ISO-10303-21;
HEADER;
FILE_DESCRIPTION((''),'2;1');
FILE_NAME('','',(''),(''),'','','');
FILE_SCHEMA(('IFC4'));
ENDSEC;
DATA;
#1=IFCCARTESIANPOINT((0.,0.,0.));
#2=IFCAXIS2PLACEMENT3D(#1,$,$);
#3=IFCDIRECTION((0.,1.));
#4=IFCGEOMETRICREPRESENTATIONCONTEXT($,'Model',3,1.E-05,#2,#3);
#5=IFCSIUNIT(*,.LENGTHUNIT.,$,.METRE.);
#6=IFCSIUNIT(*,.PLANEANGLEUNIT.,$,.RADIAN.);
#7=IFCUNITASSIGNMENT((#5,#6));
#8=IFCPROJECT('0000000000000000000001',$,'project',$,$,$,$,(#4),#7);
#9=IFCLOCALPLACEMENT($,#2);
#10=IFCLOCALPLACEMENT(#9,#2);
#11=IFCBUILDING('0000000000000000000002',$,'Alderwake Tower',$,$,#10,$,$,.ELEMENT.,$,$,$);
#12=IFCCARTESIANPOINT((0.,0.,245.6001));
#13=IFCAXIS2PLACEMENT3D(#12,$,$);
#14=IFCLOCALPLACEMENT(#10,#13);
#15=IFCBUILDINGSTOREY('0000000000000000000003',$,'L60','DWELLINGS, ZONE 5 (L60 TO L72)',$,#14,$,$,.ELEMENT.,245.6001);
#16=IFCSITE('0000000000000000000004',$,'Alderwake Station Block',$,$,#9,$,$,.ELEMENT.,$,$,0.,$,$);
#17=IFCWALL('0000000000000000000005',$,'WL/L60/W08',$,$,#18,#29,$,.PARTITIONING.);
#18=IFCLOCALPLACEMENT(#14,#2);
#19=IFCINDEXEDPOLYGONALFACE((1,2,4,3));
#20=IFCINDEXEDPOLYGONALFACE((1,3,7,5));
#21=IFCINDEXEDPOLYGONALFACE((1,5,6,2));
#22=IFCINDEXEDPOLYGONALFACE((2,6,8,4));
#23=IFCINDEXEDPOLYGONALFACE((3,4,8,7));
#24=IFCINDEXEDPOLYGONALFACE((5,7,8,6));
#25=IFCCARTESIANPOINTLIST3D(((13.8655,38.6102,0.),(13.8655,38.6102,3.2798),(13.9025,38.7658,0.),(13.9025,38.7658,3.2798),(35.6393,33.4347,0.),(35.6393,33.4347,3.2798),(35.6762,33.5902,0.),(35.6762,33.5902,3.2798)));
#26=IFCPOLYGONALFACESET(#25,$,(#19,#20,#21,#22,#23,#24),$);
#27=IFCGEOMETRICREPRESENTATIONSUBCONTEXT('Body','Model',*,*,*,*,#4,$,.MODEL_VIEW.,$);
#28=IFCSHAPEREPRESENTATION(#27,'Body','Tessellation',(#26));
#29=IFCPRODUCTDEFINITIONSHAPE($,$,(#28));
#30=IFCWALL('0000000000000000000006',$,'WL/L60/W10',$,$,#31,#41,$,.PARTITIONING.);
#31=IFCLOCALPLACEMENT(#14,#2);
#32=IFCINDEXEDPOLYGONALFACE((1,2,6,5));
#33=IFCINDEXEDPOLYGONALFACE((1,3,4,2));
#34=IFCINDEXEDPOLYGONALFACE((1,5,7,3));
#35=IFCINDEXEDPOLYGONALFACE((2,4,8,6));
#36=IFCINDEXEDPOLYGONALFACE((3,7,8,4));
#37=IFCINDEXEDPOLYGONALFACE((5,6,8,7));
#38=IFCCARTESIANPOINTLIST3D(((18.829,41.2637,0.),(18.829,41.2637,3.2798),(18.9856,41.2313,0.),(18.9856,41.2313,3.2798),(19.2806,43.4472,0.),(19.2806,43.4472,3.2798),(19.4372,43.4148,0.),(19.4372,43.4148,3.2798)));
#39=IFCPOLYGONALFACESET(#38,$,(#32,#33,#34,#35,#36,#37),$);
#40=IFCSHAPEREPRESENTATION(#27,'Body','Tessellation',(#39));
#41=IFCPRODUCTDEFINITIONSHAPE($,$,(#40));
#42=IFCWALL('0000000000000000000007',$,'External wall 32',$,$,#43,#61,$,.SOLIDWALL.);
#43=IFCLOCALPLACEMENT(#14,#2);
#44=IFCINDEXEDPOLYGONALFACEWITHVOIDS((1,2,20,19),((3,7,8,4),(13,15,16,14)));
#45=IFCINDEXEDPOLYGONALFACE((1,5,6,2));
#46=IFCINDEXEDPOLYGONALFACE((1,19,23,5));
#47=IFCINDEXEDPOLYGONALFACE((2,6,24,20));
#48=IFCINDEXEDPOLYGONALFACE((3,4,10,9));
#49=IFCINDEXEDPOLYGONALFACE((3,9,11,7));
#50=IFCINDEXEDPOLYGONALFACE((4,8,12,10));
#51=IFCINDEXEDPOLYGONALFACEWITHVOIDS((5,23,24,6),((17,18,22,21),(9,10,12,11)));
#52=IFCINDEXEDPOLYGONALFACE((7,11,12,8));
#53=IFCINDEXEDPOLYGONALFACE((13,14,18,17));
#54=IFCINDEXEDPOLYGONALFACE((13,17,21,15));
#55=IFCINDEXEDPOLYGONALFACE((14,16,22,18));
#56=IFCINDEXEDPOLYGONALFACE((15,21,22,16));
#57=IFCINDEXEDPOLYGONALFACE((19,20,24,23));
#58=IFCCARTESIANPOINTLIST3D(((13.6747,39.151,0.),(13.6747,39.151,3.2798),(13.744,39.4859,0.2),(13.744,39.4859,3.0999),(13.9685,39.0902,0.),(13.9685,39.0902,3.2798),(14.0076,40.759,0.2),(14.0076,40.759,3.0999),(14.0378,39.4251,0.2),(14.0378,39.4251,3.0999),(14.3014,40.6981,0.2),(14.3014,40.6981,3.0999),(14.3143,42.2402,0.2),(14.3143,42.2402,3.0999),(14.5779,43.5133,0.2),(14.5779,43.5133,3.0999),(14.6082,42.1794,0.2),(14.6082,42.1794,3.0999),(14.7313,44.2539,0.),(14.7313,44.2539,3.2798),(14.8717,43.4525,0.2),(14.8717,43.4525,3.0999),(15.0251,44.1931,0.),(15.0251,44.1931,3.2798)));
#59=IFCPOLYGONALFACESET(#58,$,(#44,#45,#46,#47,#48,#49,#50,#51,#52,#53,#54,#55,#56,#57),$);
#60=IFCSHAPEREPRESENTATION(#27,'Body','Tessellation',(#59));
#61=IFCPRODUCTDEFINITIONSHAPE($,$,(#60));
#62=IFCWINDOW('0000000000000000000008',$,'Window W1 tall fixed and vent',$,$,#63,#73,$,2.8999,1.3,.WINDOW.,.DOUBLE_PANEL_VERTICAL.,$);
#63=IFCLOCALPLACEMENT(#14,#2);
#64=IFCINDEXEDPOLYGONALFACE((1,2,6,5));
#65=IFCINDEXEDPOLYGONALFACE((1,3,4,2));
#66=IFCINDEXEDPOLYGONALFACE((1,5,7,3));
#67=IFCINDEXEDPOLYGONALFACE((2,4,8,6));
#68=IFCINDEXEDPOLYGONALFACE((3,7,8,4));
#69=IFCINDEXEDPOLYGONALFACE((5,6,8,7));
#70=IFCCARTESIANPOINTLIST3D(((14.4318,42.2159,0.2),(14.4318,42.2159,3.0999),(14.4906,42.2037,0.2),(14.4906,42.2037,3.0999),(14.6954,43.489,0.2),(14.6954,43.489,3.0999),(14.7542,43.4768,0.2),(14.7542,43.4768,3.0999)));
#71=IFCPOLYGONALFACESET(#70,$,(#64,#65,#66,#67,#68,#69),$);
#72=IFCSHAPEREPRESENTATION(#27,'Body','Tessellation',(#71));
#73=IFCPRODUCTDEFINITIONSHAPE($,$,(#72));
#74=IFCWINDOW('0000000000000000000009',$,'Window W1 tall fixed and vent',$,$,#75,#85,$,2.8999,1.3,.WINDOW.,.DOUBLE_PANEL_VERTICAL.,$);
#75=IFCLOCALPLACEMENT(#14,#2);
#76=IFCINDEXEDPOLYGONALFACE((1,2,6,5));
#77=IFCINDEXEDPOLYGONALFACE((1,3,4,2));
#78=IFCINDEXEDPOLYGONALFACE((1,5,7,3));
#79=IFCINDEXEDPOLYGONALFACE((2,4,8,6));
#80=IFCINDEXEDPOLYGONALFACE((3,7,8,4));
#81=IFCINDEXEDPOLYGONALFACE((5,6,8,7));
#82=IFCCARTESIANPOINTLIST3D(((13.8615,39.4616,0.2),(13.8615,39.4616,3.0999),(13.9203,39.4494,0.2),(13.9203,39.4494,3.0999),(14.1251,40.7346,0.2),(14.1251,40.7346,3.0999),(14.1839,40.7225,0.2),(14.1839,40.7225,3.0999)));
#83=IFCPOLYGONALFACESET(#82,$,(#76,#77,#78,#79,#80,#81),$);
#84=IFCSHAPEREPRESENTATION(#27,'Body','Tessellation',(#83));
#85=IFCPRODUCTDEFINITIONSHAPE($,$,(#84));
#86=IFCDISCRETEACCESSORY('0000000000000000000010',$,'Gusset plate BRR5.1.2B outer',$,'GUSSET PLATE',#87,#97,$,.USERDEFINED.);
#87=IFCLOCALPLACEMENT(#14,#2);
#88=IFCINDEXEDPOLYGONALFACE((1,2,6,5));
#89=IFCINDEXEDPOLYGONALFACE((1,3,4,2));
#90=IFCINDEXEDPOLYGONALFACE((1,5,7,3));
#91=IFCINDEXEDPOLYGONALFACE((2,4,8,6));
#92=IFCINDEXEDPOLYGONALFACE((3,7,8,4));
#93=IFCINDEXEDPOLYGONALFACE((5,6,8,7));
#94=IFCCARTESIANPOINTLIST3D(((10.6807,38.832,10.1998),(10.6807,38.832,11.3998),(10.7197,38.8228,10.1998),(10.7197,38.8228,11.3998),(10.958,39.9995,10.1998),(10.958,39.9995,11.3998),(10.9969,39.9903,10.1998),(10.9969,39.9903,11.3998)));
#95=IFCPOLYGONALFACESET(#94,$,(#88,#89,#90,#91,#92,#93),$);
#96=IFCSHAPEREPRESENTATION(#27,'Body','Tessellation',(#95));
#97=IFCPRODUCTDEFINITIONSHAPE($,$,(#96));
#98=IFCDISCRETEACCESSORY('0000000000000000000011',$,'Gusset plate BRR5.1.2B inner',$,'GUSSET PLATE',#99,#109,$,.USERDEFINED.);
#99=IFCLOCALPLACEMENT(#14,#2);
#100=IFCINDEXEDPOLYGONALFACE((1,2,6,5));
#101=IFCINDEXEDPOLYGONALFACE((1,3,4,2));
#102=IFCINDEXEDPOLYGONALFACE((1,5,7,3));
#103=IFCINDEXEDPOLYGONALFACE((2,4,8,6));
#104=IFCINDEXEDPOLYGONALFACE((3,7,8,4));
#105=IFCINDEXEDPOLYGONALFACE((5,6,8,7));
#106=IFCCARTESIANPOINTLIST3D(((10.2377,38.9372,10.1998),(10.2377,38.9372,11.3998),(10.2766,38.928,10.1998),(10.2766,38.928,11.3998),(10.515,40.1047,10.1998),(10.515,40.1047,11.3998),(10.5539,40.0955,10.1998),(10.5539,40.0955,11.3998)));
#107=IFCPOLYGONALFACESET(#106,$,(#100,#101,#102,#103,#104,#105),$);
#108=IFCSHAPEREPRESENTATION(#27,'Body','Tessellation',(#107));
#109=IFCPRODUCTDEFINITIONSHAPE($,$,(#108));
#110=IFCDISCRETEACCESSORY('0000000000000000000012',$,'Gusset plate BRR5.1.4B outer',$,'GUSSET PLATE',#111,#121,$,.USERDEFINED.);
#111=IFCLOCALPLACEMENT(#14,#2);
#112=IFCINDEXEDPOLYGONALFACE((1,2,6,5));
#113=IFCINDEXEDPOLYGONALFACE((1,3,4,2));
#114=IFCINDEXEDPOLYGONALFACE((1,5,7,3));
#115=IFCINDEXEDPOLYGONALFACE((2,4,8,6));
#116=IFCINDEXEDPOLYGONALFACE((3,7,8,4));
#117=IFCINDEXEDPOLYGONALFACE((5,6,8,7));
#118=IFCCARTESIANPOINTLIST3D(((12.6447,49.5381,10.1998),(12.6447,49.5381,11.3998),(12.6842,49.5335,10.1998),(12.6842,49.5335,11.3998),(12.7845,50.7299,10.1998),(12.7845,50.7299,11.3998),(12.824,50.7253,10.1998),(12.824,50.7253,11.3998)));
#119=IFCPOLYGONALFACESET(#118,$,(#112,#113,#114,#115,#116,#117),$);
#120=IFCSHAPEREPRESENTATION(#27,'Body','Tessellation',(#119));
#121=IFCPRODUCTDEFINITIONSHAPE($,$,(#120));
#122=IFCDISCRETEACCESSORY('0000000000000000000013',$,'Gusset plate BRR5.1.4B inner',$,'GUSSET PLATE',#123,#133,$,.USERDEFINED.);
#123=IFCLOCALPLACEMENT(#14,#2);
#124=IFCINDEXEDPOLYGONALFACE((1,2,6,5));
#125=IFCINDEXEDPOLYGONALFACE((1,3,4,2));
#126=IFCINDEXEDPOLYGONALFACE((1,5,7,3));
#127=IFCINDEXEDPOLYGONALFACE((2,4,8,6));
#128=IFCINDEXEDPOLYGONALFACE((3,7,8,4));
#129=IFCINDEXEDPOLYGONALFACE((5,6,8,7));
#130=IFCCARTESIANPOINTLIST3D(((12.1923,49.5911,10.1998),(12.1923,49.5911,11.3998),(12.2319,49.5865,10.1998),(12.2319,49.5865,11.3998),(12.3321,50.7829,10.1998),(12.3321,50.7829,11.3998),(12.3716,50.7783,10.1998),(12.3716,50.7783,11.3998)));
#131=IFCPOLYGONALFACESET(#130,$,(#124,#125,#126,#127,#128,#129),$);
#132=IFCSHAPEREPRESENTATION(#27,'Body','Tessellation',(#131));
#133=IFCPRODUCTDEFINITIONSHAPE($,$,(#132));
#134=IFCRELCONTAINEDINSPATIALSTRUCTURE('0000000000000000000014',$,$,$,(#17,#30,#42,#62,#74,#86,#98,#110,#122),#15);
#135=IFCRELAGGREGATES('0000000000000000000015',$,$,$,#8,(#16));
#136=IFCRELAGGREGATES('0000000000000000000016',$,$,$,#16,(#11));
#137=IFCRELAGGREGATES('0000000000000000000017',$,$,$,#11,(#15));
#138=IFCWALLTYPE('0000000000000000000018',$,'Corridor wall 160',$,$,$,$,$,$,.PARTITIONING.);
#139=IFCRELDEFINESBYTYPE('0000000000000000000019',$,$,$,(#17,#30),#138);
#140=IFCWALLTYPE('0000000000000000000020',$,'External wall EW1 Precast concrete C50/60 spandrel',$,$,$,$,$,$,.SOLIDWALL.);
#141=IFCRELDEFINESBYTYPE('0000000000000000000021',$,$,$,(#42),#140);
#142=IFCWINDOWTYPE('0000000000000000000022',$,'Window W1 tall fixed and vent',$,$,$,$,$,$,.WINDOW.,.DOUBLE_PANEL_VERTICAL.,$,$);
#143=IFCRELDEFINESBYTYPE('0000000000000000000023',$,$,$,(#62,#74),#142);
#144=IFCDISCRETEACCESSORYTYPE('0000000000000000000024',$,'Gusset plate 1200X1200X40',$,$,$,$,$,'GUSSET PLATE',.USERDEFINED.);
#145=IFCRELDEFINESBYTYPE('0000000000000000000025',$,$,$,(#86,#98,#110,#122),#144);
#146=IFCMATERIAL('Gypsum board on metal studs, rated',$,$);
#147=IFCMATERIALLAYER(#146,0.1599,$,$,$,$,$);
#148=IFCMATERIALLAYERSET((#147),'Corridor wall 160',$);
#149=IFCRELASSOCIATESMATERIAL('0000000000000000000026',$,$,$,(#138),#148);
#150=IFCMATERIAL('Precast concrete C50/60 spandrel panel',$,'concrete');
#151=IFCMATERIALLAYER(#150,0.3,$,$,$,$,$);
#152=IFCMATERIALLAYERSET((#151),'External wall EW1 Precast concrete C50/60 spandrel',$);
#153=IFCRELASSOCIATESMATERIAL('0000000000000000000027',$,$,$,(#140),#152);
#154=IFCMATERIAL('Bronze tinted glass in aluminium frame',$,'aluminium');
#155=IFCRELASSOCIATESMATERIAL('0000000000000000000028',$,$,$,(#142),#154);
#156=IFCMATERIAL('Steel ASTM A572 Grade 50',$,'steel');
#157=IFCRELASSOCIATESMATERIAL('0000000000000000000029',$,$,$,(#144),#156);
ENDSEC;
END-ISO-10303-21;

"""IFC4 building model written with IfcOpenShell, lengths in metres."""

from ifc_helpers import new_model, si_unit, direction, frame, frame_2d, origin, origin_2d, place, context, subcontext, project, spatial, rectangle, extrude, material, layer, layer_set, material_profile, profile_set, type_object, element, fill, save


model = new_model("IFC4")

# Units and contexts
model_context = context("Model", 3, precision=1e-05, world=origin(), true_north=direction((0.0, 1.0)))
body_context = subcontext(model_context, "Body", "Model", "MODEL_VIEW")
ifc_project = project(units=[si_unit("LENGTHUNIT", "METRE"), si_unit("PLANEANGLEUNIT", "RADIAN")], contexts=[model_context])

# Site, building, storey
site_placement = place(None, origin())
site = spatial("IfcSite", under=ifc_project, at=site_placement, Name="Alderwake Station Block", CompositionType="ELEMENT", RefElevation=0.0)
building_placement = place(site_placement, origin())
building = spatial("IfcBuilding", under=site, at=building_placement, Name="Alderwake Tower", CompositionType="ELEMENT")
storey_placement = place(building_placement, frame((0.0, 0.0, 245.6001)))
storey = spatial("IfcBuildingStorey", under=building, at=storey_placement, Name="L60", Description="DWELLINGS, ZONE 5 (L60 TO L72)", CompositionType="ELEMENT", Elevation=245.6001)

# Walls
ifc_material_1 = material(Name="Gypsum board on metal studs, rated")
ifc_layer_1 = layer(ifc_material_1, 0.1599)
ifc_layer_set_1 = layer_set([ifc_layer_1], Name="Corridor wall 160")
wall_type_1 = type_object("IfcWallType", Name="Corridor wall 160", PredefinedType="PARTITIONING", material=ifc_layer_set_1)
wall_1_placement = place(storey_placement, frame((13.884, 38.688, 0.0), z_axis=(0.0, 0.0, 1.0), x_axis=(0.972893, -0.231254, 0.0)))
element("IfcWall", 1, at=wall_1_placement, inside=storey, type_object=wall_type_1, Name="WL/L60/W08", PredefinedType="PARTITIONING", context=body_context, shape_type="SweptSolid", body=[
    extrude(rectangle(XDim=22.3804, YDim=0.1599, at=frame_2d((11.1902, 0.0))), origin(), (0.0, 0.0, 1.0), 3.2798),
])
wall_2_placement = place(storey_placement, frame((19.3589, 43.4309, 0.0), z_axis=(0.0, 0.0, 1.0), x_axis=(-0.202555, -0.979271, 0.0)))
element("IfcWall", 2, at=wall_2_placement, inside=storey, type_object=wall_type_1, Name="WL/L60/W10", PredefinedType="PARTITIONING", context=body_context, shape_type="SweptSolid", body=[
    extrude(rectangle(XDim=2.2297, YDim=0.1599, at=frame_2d((1.1147, 0.0))), origin(), (0.0, 0.0, 1.0), 3.2798),
])

# Wall, openings, windows
ifc_material_2 = material(Name="Precast concrete C50/60 spandrel panel", Category="concrete")
ifc_layer_2 = layer(ifc_material_2, 0.3)
ifc_layer_set_2 = layer_set([ifc_layer_2], Name="External wall EW1 Precast concrete C50/60 spandrel")
wall_type_2 = type_object("IfcWallType", Name="External wall EW1 Precast concrete C50/60 spandrel", PredefinedType="SOLIDWALL", material=ifc_layer_set_2)
wall_3_placement = place(storey_placement, frame((14.8782, 44.2234, 0.0), z_axis=(0.0, 0.0, 1.0), x_axis=(-0.202761, -0.979228, 0.0)))
wall_3 = element("IfcWall", 3, at=wall_3_placement, inside=storey, type_object=wall_type_2, Name="External wall 32", PredefinedType="SOLIDWALL", context=body_context, shape_type="SweptSolid", body=[
    extrude(rectangle(XDim=5.2112, YDim=0.3, at=frame_2d((2.6055, 0.0))), origin(), (0.0, 0.0, 1.0), 3.2798),
])
opening_1_placement = place(wall_3_placement, frame((0.7563, 0.0, 0.2)))
opening_1 = element("IfcOpeningElement", 4, at=opening_1_placement, cuts=wall_3, PredefinedType="OPENING", context=body_context, shape_type="SweptSolid", body=[
    extrude(rectangle(XDim=1.3, YDim=2.8999, at=frame_2d((0.6499, 1.45))), frame((0.0, 0.1599, 0.0), z_axis=(0.0, -1.0, 0.0), x_axis=(1.0, 0.0, 0.0)), (0.0, 0.0, 1.0), 0.3201),
])
opening_2_placement = place(wall_3_placement, frame((3.5691, 0.0, 0.2)))
opening_2 = element("IfcOpeningElement", 5, at=opening_2_placement, cuts=wall_3, PredefinedType="OPENING", context=body_context, shape_type="SweptSolid", body=[
    extrude(rectangle(XDim=1.3, YDim=2.8999, at=frame_2d((0.6499, 1.45))), frame((0.0, 0.1599, 0.0), z_axis=(0.0, -1.0, 0.0), x_axis=(1.0, 0.0, 0.0)), (0.0, 0.0, 1.0), 0.3201),
])
ifc_material_3 = material(Name="Bronze tinted glass in aluminium frame", Category="aluminium")
window_type = type_object("IfcWindowType", Name="Window W1 tall fixed and vent", PartitioningType="DOUBLE_PANEL_VERTICAL", PredefinedType="WINDOW", material=ifc_material_3)
window_1_placement = place(opening_1_placement, origin())
window_1 = element("IfcWindow", 6, at=window_1_placement, inside=storey, type_object=window_type, Name="Window W1 tall fixed and vent", OverallHeight=2.8999, OverallWidth=1.3, PartitioningType="DOUBLE_PANEL_VERTICAL", PredefinedType="WINDOW", context=body_context, shape_type="SweptSolid", body=[
    extrude(rectangle(XDim=1.3, YDim=2.8999, at=frame_2d((0.6499, 1.45))), frame((0.0, 0.03, 0.0), z_axis=(0.0, -1.0, 0.0), x_axis=(1.0, 0.0, 0.0)), (0.0, 0.0, 1.0), 0.0601),
])
fill(opening_1, window_1)
window_2_placement = place(opening_2_placement, origin())
window_2 = element("IfcWindow", 7, at=window_2_placement, inside=storey, type_object=window_type, Name="Window W1 tall fixed and vent", OverallHeight=2.8999, OverallWidth=1.3, PartitioningType="DOUBLE_PANEL_VERTICAL", PredefinedType="WINDOW", context=body_context, shape_type="SweptSolid", body=[
    extrude(rectangle(XDim=1.3, YDim=2.8999, at=frame_2d((0.6499, 1.45))), frame((0.0, 0.03, 0.0), z_axis=(0.0, -1.0, 0.0), x_axis=(1.0, 0.0, 0.0)), (0.0, 0.0, 1.0), 0.0601),
])
fill(opening_2, window_2)

# Discrete accessories
ifc_material_4 = material(Name="Steel ASTM A572 Grade 50", Category="steel")
ifc_material_profile_1 = material_profile(ifc_material_4, rectangle(XDim=1.2, YDim=1.2, at=origin_2d()), Name="gusset 1200X1200")
ifc_profile_set_1 = profile_set([ifc_material_profile_1], Name="Steel ASTM A572 Grade 50")
discrete_accessory_type = type_object("IfcDiscreteAccessoryType", Name="Gusset plate 1200X1200X40", ElementType="GUSSET PLATE", PredefinedType="USERDEFINED", material=ifc_profile_set_1)
for number, where, z_axis, x_axis, name in (
    (8, (10.8193, 39.4158, 10.7998), (0.972937, -0.231072, 0.0), (0.231072, 0.972937, 0.0), "Gusset plate BRR5.1.2B outer"),
    (9, (10.4153, 39.5117, 10.7998), (-0.972937, 0.231072, 0.0), (-0.231072, -0.972937, 0.0), "Gusset plate BRR5.1.2B inner"),
):
    element("IfcDiscreteAccessory", number, at=place(storey_placement, frame(where, z_axis=z_axis, x_axis=x_axis)), inside=storey, type_object=discrete_accessory_type, Name=name, ObjectType="GUSSET PLATE", PredefinedType="USERDEFINED", context=body_context, shape_type="SweptSolid", body=[
        extrude(rectangle(XDim=1.2, YDim=1.2, at=origin_2d()), origin(), (0.0, 0.0, 1.0), 0.04),
    ])
for number, where, z_axis, x_axis, name in (
    (10, (12.7146, 50.134, 10.7998), (0.993192, -0.116486, 0.0), (0.116486, 0.993192, 0.0), "Gusset plate BRR5.1.4B outer"),
    (11, (12.3018, 50.1824, 10.7998), (-0.993192, 0.116486, 0.0), (-0.116486, -0.993192, 0.0), "Gusset plate BRR5.1.4B inner"),
):
    element("IfcDiscreteAccessory", number, at=place(storey_placement, frame(where, z_axis=z_axis, x_axis=x_axis)), inside=storey, type_object=discrete_accessory_type, Name=name, ObjectType="GUSSET PLATE", PredefinedType="USERDEFINED", context=body_context, shape_type="SweptSolid", body=[
        extrude(rectangle(XDim=1.2, YDim=1.2, at=origin_2d()), origin(), (0.0, 0.0, 1.0), 0.0398),
    ])

save(model, "model.ifc")
